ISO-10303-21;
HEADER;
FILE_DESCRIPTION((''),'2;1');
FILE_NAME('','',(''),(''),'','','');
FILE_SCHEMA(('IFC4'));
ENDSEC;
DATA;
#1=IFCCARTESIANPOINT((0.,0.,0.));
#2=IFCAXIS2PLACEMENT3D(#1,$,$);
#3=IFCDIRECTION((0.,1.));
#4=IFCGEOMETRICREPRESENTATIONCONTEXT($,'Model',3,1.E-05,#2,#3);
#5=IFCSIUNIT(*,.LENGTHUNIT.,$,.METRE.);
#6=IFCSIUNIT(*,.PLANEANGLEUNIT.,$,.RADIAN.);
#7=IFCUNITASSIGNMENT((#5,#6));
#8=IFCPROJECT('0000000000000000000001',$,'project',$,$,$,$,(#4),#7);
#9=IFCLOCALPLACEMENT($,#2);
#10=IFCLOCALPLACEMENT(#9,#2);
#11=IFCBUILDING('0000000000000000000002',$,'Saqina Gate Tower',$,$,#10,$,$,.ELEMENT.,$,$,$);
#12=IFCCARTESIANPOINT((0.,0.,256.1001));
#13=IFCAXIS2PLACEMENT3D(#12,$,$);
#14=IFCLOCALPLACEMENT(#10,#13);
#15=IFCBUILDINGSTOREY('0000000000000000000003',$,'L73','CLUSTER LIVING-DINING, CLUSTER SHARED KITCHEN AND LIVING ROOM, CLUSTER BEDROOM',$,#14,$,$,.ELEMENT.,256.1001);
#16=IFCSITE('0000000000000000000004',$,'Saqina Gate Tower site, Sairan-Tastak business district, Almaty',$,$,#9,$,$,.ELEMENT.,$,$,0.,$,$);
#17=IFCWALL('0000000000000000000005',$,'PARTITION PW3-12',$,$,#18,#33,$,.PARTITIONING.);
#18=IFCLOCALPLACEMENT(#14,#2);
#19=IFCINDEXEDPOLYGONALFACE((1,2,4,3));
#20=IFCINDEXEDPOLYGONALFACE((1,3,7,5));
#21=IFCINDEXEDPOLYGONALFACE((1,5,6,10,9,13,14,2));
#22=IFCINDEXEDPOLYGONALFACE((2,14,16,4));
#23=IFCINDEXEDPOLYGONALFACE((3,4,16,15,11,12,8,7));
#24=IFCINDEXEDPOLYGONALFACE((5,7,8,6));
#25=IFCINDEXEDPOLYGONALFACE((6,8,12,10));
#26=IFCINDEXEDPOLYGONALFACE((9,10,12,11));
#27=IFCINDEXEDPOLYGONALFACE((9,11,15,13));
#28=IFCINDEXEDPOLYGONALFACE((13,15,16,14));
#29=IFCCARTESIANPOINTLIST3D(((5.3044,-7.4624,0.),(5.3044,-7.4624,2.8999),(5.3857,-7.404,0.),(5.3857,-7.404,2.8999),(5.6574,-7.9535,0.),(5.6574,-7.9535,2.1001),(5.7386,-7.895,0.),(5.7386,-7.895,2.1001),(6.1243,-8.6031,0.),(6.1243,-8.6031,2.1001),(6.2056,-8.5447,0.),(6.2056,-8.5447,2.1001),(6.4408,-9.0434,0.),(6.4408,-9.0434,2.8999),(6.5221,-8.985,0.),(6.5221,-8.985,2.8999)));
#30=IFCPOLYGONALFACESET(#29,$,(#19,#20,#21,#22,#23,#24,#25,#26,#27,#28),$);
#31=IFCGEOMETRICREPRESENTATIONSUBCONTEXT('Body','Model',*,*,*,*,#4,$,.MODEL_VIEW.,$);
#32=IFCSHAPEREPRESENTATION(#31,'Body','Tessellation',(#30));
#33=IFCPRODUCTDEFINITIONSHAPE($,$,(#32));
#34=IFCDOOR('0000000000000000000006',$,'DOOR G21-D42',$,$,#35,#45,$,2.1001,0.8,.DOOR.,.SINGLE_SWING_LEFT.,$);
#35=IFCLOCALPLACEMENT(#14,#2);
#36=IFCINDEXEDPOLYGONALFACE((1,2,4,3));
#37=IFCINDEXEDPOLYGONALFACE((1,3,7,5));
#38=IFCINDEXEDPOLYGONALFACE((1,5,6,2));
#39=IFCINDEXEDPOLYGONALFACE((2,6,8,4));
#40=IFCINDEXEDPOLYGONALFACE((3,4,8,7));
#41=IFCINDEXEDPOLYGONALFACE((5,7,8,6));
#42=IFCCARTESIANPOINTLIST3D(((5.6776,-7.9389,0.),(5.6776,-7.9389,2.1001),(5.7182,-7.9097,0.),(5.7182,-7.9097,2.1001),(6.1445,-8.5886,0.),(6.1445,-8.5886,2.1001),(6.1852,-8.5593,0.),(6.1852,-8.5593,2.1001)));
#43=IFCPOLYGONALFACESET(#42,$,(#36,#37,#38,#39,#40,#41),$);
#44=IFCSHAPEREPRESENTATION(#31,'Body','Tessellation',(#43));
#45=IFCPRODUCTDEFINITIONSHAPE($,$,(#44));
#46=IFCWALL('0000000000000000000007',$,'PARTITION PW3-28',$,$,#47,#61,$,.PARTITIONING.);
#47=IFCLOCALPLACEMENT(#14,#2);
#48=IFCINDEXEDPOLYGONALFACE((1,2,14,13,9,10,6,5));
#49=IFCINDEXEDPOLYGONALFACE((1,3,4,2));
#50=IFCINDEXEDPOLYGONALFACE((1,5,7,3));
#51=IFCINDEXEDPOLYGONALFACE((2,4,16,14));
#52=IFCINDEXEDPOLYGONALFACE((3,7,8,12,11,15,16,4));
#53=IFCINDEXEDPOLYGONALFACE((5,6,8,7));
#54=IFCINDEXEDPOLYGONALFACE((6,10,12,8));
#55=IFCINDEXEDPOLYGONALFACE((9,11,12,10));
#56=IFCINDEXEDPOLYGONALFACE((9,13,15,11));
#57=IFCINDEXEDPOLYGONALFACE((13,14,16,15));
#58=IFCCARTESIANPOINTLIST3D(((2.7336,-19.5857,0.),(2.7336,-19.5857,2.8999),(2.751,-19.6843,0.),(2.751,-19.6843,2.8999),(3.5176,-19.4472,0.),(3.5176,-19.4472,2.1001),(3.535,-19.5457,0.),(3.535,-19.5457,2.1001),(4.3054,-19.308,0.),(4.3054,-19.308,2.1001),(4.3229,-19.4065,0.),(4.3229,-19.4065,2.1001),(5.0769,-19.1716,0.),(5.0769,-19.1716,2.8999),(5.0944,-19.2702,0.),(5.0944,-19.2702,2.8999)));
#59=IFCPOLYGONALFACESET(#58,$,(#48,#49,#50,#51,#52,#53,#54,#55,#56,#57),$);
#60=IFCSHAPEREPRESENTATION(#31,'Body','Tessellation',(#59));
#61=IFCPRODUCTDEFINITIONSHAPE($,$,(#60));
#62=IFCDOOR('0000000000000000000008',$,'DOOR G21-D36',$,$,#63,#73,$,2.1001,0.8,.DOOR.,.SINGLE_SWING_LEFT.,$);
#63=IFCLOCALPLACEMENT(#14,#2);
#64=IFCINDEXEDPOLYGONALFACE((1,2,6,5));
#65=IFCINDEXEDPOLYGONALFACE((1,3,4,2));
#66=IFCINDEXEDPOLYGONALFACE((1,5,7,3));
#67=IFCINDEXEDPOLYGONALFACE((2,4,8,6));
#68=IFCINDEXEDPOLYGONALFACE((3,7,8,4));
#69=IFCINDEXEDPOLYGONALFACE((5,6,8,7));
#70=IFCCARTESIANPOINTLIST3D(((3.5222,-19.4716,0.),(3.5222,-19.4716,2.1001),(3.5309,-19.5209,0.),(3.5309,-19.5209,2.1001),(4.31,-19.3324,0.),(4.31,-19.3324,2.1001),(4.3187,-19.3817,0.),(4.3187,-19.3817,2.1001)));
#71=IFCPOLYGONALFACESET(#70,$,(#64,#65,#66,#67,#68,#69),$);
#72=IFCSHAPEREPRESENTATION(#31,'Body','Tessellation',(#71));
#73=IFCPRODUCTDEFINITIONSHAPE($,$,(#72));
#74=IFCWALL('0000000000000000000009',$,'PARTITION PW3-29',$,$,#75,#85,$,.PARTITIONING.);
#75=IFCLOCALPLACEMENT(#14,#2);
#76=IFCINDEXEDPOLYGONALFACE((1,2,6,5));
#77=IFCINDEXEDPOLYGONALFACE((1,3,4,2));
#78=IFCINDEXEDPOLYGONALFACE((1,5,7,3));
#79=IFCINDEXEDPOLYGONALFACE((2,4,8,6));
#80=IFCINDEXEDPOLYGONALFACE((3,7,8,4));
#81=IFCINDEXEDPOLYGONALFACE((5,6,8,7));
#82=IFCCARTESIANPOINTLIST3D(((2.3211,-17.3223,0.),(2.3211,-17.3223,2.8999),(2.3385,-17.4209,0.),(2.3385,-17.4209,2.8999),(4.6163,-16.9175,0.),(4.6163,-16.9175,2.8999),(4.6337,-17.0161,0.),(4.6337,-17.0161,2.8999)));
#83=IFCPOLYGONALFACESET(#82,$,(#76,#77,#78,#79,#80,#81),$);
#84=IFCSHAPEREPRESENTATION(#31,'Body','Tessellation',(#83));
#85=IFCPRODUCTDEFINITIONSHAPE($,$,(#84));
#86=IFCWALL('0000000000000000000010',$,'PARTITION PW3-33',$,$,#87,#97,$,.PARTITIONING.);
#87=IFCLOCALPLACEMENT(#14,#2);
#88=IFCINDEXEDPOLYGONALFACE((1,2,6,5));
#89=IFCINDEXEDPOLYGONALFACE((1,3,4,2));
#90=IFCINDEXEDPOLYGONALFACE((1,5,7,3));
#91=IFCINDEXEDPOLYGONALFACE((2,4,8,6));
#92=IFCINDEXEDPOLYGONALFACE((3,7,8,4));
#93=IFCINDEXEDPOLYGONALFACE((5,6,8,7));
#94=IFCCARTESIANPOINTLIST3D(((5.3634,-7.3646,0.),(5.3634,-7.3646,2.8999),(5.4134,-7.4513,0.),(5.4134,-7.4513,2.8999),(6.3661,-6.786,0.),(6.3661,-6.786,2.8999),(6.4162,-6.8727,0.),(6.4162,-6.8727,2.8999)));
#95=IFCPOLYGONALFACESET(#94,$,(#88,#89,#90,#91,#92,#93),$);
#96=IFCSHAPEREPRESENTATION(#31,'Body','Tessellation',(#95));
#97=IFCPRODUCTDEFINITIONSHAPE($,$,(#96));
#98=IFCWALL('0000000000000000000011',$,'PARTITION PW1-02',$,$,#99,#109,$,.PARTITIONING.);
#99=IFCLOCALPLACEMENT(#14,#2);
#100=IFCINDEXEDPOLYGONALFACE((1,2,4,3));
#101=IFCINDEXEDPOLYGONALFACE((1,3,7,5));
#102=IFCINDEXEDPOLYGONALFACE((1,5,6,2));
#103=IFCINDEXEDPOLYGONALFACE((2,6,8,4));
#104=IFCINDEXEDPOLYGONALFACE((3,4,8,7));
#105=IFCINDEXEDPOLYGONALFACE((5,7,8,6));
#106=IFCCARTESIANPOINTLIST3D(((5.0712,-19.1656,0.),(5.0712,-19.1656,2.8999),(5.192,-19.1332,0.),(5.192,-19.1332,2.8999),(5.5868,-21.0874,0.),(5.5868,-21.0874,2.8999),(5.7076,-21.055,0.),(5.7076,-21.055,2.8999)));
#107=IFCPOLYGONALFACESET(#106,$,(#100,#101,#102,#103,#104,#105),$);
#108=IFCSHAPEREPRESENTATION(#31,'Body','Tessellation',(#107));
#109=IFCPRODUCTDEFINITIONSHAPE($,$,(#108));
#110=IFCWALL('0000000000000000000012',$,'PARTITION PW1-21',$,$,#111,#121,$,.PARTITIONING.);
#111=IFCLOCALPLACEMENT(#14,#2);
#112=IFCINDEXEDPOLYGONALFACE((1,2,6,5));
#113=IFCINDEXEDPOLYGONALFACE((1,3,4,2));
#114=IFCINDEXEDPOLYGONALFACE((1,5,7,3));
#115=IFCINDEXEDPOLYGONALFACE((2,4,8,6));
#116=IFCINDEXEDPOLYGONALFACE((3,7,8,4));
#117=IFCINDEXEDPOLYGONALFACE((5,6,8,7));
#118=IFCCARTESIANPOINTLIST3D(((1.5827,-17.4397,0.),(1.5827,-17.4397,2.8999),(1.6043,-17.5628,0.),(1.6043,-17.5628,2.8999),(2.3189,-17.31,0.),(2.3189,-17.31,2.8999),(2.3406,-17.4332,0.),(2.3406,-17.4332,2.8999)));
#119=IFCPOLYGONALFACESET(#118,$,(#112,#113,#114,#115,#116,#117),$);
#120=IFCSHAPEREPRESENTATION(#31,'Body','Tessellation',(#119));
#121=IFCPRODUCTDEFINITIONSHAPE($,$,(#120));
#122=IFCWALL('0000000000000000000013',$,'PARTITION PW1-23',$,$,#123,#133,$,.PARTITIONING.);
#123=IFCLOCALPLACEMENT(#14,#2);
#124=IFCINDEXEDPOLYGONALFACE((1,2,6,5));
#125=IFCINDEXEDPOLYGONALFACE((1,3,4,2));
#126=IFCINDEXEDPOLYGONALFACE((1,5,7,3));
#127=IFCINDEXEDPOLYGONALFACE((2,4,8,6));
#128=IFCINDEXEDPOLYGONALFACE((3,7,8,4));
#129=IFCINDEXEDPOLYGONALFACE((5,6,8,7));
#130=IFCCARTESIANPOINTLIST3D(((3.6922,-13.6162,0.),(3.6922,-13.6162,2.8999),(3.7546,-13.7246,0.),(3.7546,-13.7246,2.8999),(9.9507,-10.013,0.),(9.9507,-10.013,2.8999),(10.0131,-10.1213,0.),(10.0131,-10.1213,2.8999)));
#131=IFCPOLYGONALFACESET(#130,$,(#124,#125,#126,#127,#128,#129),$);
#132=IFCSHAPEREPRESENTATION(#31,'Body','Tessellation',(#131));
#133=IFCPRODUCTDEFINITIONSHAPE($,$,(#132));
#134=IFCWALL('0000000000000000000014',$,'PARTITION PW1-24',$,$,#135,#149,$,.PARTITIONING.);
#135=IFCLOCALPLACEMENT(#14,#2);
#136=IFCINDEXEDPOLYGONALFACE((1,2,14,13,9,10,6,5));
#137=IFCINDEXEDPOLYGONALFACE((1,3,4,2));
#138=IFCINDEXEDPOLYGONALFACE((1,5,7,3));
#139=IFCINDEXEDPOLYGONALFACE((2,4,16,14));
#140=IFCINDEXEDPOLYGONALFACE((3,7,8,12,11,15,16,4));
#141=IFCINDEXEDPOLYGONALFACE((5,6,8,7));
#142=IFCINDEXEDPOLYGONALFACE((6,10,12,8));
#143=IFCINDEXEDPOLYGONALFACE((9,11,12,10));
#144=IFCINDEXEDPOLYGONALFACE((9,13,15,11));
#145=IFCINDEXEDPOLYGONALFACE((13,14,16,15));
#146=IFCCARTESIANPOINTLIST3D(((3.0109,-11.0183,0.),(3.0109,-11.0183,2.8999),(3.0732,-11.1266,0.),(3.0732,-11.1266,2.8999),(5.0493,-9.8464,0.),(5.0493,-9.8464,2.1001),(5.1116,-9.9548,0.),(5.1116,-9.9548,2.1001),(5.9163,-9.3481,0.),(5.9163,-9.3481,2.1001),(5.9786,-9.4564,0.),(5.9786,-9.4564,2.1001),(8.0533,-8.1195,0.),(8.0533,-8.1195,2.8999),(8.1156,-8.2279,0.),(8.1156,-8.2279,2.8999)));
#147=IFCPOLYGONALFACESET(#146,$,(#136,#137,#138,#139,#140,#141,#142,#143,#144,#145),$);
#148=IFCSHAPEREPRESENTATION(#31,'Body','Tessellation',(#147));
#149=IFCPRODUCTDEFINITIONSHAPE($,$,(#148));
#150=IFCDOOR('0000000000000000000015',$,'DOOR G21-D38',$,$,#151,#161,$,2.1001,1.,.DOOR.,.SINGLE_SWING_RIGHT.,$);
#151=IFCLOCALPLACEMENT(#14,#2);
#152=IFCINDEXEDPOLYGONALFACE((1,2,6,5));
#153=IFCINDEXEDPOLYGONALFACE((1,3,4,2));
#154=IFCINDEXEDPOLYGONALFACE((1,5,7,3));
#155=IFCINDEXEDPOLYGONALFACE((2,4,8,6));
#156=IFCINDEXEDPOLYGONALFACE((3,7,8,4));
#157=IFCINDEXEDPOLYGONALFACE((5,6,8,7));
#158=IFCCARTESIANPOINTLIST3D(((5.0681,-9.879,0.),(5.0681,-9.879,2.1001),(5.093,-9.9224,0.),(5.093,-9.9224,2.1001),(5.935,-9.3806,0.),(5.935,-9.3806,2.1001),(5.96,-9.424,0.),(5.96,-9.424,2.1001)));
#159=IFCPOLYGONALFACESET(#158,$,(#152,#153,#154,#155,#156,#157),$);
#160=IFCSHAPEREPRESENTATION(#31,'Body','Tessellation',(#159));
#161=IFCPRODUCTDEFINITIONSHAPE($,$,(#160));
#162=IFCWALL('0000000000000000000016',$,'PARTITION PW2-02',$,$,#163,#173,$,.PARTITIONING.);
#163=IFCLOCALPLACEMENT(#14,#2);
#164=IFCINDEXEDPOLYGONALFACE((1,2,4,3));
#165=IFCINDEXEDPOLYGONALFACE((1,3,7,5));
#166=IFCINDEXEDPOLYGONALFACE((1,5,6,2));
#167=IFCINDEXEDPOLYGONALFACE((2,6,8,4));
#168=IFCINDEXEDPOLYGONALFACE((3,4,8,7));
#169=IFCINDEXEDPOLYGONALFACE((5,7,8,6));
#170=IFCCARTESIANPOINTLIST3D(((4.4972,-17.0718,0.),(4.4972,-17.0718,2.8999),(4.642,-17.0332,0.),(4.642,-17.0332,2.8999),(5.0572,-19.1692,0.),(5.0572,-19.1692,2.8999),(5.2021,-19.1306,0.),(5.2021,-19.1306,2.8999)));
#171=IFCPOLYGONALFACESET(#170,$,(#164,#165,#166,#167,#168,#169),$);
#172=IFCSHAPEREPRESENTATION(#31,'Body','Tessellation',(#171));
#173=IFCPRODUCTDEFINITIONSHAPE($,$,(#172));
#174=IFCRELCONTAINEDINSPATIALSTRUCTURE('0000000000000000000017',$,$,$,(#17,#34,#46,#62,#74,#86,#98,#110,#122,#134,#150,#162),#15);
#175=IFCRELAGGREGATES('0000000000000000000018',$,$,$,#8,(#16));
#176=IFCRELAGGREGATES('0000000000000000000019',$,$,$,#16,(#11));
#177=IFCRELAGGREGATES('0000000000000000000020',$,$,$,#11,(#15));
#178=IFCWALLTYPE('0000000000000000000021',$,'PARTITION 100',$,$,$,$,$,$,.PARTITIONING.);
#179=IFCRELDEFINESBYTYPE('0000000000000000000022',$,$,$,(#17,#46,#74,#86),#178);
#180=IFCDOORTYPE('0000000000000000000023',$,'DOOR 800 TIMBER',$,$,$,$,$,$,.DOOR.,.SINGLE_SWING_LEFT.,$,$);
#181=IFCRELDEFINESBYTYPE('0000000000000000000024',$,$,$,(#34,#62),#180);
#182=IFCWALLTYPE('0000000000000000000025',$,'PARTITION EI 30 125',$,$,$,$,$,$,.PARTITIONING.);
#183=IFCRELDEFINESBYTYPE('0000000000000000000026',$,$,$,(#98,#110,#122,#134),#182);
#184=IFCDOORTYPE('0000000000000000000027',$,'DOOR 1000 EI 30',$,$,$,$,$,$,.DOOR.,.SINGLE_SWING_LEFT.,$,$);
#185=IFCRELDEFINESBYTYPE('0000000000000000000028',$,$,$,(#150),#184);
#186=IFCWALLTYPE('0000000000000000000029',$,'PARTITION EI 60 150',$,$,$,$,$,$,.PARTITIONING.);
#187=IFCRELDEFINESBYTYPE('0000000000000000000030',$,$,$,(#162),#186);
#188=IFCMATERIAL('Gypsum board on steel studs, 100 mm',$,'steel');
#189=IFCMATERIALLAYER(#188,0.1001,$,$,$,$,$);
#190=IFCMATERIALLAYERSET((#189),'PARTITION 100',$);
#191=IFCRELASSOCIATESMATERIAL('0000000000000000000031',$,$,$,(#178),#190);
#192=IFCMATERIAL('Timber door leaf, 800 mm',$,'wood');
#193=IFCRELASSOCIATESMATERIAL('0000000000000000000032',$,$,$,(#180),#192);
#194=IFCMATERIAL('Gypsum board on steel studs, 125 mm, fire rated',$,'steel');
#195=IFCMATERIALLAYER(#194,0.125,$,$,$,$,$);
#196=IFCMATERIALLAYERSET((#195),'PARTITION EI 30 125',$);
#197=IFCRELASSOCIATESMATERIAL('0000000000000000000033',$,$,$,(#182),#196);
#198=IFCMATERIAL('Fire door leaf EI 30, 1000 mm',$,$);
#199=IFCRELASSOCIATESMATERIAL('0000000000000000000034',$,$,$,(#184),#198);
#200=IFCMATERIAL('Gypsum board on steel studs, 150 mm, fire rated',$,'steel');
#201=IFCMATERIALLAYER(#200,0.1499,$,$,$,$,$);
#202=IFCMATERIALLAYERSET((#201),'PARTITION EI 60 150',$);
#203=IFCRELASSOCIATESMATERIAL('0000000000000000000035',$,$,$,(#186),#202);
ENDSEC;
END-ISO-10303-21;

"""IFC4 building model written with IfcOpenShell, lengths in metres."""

from ifc_helpers import new_model, si_unit, direction, frame, frame_2d, origin, place, context, subcontext, project, spatial, rectangle, extrude, material, layer, layer_set, type_object, element, fill, save


model = new_model("IFC4")

# Units and contexts
model_context = context("Model", 3, precision=1e-05, world=origin(), true_north=direction((0.0, 1.0)))
body_context = subcontext(model_context, "Body", "Model", "MODEL_VIEW")
ifc_project = project(units=[si_unit("LENGTHUNIT", "METRE"), si_unit("PLANEANGLEUNIT", "RADIAN")], contexts=[model_context])

# Site, building, storey
site_placement = place(None, origin())
site = spatial("IfcSite", under=ifc_project, at=site_placement, Name="Saqina Gate Tower site, Sairan-Tastak business district, Almaty", CompositionType="ELEMENT", RefElevation=0.0)
building_placement = place(site_placement, origin())
building = spatial("IfcBuilding", under=site, at=building_placement, Name="Saqina Gate Tower", CompositionType="ELEMENT")
storey_placement = place(building_placement, frame((0.0, 0.0, 256.1001)))
storey = spatial("IfcBuildingStorey", under=building, at=storey_placement, Name="L73", Description="CLUSTER LIVING-DINING, CLUSTER SHARED KITCHEN AND LIVING ROOM, CLUSTER BEDROOM", CompositionType="ELEMENT", Elevation=256.1001)

# Shared definitions
ifc_material_1 = material(Name="Gypsum board on steel studs, 100 mm", Category="steel")
ifc_layer_1 = layer(ifc_material_1, 0.1001)
ifc_layer_set_1 = layer_set([ifc_layer_1], Name="PARTITION 100")
wall_type_1 = type_object("IfcWallType", Name="PARTITION 100", PredefinedType="PARTITIONING", material=ifc_layer_set_1)

# Walls, openings, doors
wall_1_placement = place(storey_placement, frame((5.345, -7.4331, 0.0), z_axis=(0.0, 0.0, 1.0), x_axis=(0.583667, -0.811993, 0.0)))
wall_1 = element("IfcWall", 1, at=wall_1_placement, inside=storey, type_object=wall_type_1, Name="PARTITION PW3-12", PredefinedType="PARTITIONING", context=body_context, shape_type="SweptSolid", body=[
    extrude(rectangle(XDim=1.947, YDim=0.1001, at=frame_2d((0.9736, 0.0))), origin(), (0.0, 0.0, 1.0), 2.8999),
])
opening_1_placement = place(wall_1_placement, frame((0.605, 0.0, 0.0)))
opening_1 = element("IfcOpeningElement", 2, at=opening_1_placement, cuts=wall_1, PredefinedType="OPENING", context=body_context, shape_type="SweptSolid", body=[
    extrude(rectangle(XDim=0.8, YDim=2.1001, at=frame_2d((0.3999, 1.05))), frame((0.0, 0.062, 0.0), z_axis=(0.0, -1.0, 0.0), x_axis=(1.0, 0.0, 0.0)), (0.0, 0.0, 1.0), 0.124),
])
ifc_material_2 = material(Name="Timber door leaf, 800 mm", Category="wood")
door_type_1 = type_object("IfcDoorType", Name="DOOR 800 TIMBER", OperationType="SINGLE_SWING_LEFT", PredefinedType="DOOR", material=ifc_material_2)
door_1_placement = place(opening_1_placement, origin())
door_1 = element("IfcDoor", 3, at=door_1_placement, inside=storey, type_object=door_type_1, Name="DOOR G21-D42", OperationType="SINGLE_SWING_LEFT", OverallHeight=2.1001, OverallWidth=0.8, PredefinedType="DOOR", context=body_context, shape_type="SweptSolid", body=[
    extrude(rectangle(XDim=0.8, YDim=2.1001, at=frame_2d((0.3999, 1.05))), frame((0.0, 0.0249, 0.0), z_axis=(0.0, -1.0, 0.0), x_axis=(1.0, 0.0, 0.0)), (0.0, 0.0, 1.0), 0.05),
])
fill(opening_1, door_1)
wall_2_placement = place(storey_placement, frame((2.7422, -19.635, 0.0), z_axis=(0.0, 0.0, 1.0), x_axis=(0.984744, 0.174008, 0.0)))
wall_2 = element("IfcWall", 4, at=wall_2_placement, inside=storey, type_object=wall_type_1, Name="PARTITION PW3-28", PredefinedType="PARTITIONING", context=body_context, shape_type="SweptSolid", body=[
    extrude(rectangle(XDim=2.3796, YDim=0.1001, at=frame_2d((1.1899, 0.0))), origin(), (0.0, 0.0, 1.0), 2.8999),
])
opening_2_placement = place(wall_2_placement, frame((0.7964, 0.0, 0.0)))
opening_2 = element("IfcOpeningElement", 5, at=opening_2_placement, cuts=wall_2, PredefinedType="OPENING", context=body_context, shape_type="SweptSolid", body=[
    extrude(rectangle(XDim=0.8, YDim=2.1001, at=frame_2d((0.3999, 1.05))), frame((0.0, 0.062, 0.0), z_axis=(0.0, -1.0, 0.0), x_axis=(1.0, 0.0, 0.0)), (0.0, 0.0, 1.0), 0.124),
])
door_2_placement = place(opening_2_placement, frame((0.8, 0.0, 0.0), z_axis=(0.0, 0.0, 1.0), x_axis=(-1.0, 0.0, 0.0)))
door_2 = element("IfcDoor", 6, at=door_2_placement, inside=storey, type_object=door_type_1, Name="DOOR G21-D36", OperationType="SINGLE_SWING_LEFT", OverallHeight=2.1001, OverallWidth=0.8, PredefinedType="DOOR", context=body_context, shape_type="SweptSolid", body=[
    extrude(rectangle(XDim=0.8, YDim=2.1001, at=frame_2d((0.3999, 1.05))), frame((0.0, 0.0249, 0.0), z_axis=(0.0, -1.0, 0.0), x_axis=(1.0, 0.0, 0.0)), (0.0, 0.0, 1.0), 0.05),
])
fill(opening_2, door_2)

# Walls
wall_3_placement = place(storey_placement, frame((2.3298, -17.3716, 0.0), z_axis=(0.0, 0.0, 1.0), x_axis=(0.984801, 0.173684, 0.0)))
element("IfcWall", 7, at=wall_3_placement, inside=storey, type_object=wall_type_1, Name="PARTITION PW3-29", PredefinedType="PARTITIONING", context=body_context, shape_type="SweptSolid", body=[
    extrude(rectangle(XDim=2.3306, YDim=0.1001, at=frame_2d((1.1653, 0.0))), origin(), (0.0, 0.0, 1.0), 2.8999),
])
wall_4_placement = place(storey_placement, frame((5.3884, -7.408, 0.0), z_axis=(0.0, 0.0, 1.0), x_axis=(0.866133, 0.499814, 0.0)))
element("IfcWall", 8, at=wall_4_placement, inside=storey, type_object=wall_type_1, Name="PARTITION PW3-33", PredefinedType="PARTITIONING", context=body_context, shape_type="SweptSolid", body=[
    extrude(rectangle(XDim=1.1577, YDim=0.1001, at=frame_2d((0.5789, 0.0))), origin(), (0.0, 0.0, 1.0), 2.8999),
])
ifc_material_3 = material(Name="Gypsum board on steel studs, 125 mm, fire rated", Category="steel")
ifc_layer_2 = layer(ifc_material_3, 0.125)
ifc_layer_set_2 = layer_set([ifc_layer_2], Name="PARTITION EI 30 125")
wall_type_2 = type_object("IfcWallType", Name="PARTITION EI 30 125", PredefinedType="PARTITIONING", material=ifc_layer_set_2)
wall_5_placement = place(storey_placement, frame((5.1316, -19.1494, 0.0), z_axis=(0.0, 0.0, 1.0), x_axis=(0.259129, -0.965843, 0.0)))
element("IfcWall", 9, at=wall_5_placement, inside=storey, type_object=wall_type_2, Name="PARTITION PW1-02", PredefinedType="PARTITIONING", context=body_context, shape_type="SweptSolid", body=[
    extrude(rectangle(XDim=1.9897, YDim=0.125, at=frame_2d((0.9949, 0.0))), origin(), (0.0, 0.0, 1.0), 2.8999),
])
wall_6_placement = place(storey_placement, frame((1.5935, -17.5012, 0.0), z_axis=(0.0, 0.0, 1.0), x_axis=(0.984853, 0.173394, 0.0)))
element("IfcWall", 10, at=wall_6_placement, inside=storey, type_object=wall_type_2, Name="PARTITION PW1-21", PredefinedType="PARTITIONING", context=body_context, shape_type="SweptSolid", body=[
    extrude(rectangle(XDim=0.7476, YDim=0.125, at=frame_2d((0.3738, 0.0))), origin(), (0.0, 0.0, 1.0), 2.8999),
])
wall_7_placement = place(storey_placement, frame((3.7234, -13.6704, 0.0), z_axis=(0.0, 0.0, 1.0), x_axis=(0.86663, 0.498951, 0.0)))
element("IfcWall", 11, at=wall_7_placement, inside=storey, type_object=wall_type_2, Name="PARTITION PW1-23", PredefinedType="PARTITIONING", context=body_context, shape_type="SweptSolid", body=[
    extrude(rectangle(XDim=7.2217, YDim=0.125, at=frame_2d((3.6108, 0.0))), origin(), (0.0, 0.0, 1.0), 2.8999),
])

# Wall, opening, door
wall_8_placement = place(storey_placement, frame((3.042, -11.0725, 0.0), z_axis=(0.0, 0.0, 1.0), x_axis=(0.866951, 0.498393, 0.0)))
wall_8 = element("IfcWall", 12, at=wall_8_placement, inside=storey, type_object=wall_type_2, Name="PARTITION PW1-24", PredefinedType="PARTITIONING", context=body_context, shape_type="SweptSolid", body=[
    extrude(rectangle(XDim=5.8162, YDim=0.125, at=frame_2d((2.9082, 0.0))), origin(), (0.0, 0.0, 1.0), 2.8999),
])
opening_3_placement = place(wall_8_placement, frame((2.3513, 0.0, 0.0)))
opening_3 = element("IfcOpeningElement", 13, at=opening_3_placement, cuts=wall_8, PredefinedType="OPENING", context=body_context, shape_type="SweptSolid", body=[
    extrude(rectangle(XDim=1.0, YDim=2.1001, at=frame_2d((0.5, 1.05))), frame((0.0, 0.0745, 0.0), z_axis=(0.0, -1.0, 0.0), x_axis=(1.0, 0.0, 0.0)), (0.0, 0.0, 1.0), 0.1489),
])
ifc_material_4 = material(Name="Fire door leaf EI 30, 1000 mm")
door_type_2 = type_object("IfcDoorType", Name="DOOR 1000 EI 30", OperationType="SINGLE_SWING_LEFT", PredefinedType="DOOR", material=ifc_material_4)
door_3_placement = place(opening_3_placement, origin())
door_3 = element("IfcDoor", 14, at=door_3_placement, inside=storey, type_object=door_type_2, Name="DOOR G21-D38", OperationType="SINGLE_SWING_RIGHT", OverallHeight=2.1001, OverallWidth=1.0, PredefinedType="DOOR", context=body_context, shape_type="SweptSolid", body=[
    extrude(rectangle(XDim=1.0, YDim=2.1001, at=frame_2d((0.5, 1.05))), frame((0.0, 0.0249, 0.0), z_axis=(0.0, -1.0, 0.0), x_axis=(1.0, 0.0, 0.0)), (0.0, 0.0, 1.0), 0.05),
])
fill(opening_3, door_3)

# Wall
ifc_material_5 = material(Name="Gypsum board on steel studs, 150 mm, fire rated", Category="steel")
ifc_layer_3 = layer(ifc_material_5, 0.1499)
ifc_layer_set_3 = layer_set([ifc_layer_3], Name="PARTITION EI 60 150")
wall_type_3 = type_object("IfcWallType", Name="PARTITION EI 60 150", PredefinedType="PARTITIONING", material=ifc_layer_set_3)
wall_9_placement = place(storey_placement, frame((4.5696, -17.0525, 0.0), z_axis=(0.0, 0.0, 1.0), x_axis=(0.257985, -0.966149, 0.0)))
element("IfcWall", 15, at=wall_9_placement, inside=storey, type_object=wall_type_3, Name="PARTITION PW2-02", PredefinedType="PARTITIONING", context=body_context, shape_type="SweptSolid", body=[
    extrude(rectangle(XDim=2.1709, YDim=0.1499, at=frame_2d((1.0854, 0.0))), origin(), (0.0, 0.0, 1.0), 2.8999),
])

save(model, "model.ifc")
